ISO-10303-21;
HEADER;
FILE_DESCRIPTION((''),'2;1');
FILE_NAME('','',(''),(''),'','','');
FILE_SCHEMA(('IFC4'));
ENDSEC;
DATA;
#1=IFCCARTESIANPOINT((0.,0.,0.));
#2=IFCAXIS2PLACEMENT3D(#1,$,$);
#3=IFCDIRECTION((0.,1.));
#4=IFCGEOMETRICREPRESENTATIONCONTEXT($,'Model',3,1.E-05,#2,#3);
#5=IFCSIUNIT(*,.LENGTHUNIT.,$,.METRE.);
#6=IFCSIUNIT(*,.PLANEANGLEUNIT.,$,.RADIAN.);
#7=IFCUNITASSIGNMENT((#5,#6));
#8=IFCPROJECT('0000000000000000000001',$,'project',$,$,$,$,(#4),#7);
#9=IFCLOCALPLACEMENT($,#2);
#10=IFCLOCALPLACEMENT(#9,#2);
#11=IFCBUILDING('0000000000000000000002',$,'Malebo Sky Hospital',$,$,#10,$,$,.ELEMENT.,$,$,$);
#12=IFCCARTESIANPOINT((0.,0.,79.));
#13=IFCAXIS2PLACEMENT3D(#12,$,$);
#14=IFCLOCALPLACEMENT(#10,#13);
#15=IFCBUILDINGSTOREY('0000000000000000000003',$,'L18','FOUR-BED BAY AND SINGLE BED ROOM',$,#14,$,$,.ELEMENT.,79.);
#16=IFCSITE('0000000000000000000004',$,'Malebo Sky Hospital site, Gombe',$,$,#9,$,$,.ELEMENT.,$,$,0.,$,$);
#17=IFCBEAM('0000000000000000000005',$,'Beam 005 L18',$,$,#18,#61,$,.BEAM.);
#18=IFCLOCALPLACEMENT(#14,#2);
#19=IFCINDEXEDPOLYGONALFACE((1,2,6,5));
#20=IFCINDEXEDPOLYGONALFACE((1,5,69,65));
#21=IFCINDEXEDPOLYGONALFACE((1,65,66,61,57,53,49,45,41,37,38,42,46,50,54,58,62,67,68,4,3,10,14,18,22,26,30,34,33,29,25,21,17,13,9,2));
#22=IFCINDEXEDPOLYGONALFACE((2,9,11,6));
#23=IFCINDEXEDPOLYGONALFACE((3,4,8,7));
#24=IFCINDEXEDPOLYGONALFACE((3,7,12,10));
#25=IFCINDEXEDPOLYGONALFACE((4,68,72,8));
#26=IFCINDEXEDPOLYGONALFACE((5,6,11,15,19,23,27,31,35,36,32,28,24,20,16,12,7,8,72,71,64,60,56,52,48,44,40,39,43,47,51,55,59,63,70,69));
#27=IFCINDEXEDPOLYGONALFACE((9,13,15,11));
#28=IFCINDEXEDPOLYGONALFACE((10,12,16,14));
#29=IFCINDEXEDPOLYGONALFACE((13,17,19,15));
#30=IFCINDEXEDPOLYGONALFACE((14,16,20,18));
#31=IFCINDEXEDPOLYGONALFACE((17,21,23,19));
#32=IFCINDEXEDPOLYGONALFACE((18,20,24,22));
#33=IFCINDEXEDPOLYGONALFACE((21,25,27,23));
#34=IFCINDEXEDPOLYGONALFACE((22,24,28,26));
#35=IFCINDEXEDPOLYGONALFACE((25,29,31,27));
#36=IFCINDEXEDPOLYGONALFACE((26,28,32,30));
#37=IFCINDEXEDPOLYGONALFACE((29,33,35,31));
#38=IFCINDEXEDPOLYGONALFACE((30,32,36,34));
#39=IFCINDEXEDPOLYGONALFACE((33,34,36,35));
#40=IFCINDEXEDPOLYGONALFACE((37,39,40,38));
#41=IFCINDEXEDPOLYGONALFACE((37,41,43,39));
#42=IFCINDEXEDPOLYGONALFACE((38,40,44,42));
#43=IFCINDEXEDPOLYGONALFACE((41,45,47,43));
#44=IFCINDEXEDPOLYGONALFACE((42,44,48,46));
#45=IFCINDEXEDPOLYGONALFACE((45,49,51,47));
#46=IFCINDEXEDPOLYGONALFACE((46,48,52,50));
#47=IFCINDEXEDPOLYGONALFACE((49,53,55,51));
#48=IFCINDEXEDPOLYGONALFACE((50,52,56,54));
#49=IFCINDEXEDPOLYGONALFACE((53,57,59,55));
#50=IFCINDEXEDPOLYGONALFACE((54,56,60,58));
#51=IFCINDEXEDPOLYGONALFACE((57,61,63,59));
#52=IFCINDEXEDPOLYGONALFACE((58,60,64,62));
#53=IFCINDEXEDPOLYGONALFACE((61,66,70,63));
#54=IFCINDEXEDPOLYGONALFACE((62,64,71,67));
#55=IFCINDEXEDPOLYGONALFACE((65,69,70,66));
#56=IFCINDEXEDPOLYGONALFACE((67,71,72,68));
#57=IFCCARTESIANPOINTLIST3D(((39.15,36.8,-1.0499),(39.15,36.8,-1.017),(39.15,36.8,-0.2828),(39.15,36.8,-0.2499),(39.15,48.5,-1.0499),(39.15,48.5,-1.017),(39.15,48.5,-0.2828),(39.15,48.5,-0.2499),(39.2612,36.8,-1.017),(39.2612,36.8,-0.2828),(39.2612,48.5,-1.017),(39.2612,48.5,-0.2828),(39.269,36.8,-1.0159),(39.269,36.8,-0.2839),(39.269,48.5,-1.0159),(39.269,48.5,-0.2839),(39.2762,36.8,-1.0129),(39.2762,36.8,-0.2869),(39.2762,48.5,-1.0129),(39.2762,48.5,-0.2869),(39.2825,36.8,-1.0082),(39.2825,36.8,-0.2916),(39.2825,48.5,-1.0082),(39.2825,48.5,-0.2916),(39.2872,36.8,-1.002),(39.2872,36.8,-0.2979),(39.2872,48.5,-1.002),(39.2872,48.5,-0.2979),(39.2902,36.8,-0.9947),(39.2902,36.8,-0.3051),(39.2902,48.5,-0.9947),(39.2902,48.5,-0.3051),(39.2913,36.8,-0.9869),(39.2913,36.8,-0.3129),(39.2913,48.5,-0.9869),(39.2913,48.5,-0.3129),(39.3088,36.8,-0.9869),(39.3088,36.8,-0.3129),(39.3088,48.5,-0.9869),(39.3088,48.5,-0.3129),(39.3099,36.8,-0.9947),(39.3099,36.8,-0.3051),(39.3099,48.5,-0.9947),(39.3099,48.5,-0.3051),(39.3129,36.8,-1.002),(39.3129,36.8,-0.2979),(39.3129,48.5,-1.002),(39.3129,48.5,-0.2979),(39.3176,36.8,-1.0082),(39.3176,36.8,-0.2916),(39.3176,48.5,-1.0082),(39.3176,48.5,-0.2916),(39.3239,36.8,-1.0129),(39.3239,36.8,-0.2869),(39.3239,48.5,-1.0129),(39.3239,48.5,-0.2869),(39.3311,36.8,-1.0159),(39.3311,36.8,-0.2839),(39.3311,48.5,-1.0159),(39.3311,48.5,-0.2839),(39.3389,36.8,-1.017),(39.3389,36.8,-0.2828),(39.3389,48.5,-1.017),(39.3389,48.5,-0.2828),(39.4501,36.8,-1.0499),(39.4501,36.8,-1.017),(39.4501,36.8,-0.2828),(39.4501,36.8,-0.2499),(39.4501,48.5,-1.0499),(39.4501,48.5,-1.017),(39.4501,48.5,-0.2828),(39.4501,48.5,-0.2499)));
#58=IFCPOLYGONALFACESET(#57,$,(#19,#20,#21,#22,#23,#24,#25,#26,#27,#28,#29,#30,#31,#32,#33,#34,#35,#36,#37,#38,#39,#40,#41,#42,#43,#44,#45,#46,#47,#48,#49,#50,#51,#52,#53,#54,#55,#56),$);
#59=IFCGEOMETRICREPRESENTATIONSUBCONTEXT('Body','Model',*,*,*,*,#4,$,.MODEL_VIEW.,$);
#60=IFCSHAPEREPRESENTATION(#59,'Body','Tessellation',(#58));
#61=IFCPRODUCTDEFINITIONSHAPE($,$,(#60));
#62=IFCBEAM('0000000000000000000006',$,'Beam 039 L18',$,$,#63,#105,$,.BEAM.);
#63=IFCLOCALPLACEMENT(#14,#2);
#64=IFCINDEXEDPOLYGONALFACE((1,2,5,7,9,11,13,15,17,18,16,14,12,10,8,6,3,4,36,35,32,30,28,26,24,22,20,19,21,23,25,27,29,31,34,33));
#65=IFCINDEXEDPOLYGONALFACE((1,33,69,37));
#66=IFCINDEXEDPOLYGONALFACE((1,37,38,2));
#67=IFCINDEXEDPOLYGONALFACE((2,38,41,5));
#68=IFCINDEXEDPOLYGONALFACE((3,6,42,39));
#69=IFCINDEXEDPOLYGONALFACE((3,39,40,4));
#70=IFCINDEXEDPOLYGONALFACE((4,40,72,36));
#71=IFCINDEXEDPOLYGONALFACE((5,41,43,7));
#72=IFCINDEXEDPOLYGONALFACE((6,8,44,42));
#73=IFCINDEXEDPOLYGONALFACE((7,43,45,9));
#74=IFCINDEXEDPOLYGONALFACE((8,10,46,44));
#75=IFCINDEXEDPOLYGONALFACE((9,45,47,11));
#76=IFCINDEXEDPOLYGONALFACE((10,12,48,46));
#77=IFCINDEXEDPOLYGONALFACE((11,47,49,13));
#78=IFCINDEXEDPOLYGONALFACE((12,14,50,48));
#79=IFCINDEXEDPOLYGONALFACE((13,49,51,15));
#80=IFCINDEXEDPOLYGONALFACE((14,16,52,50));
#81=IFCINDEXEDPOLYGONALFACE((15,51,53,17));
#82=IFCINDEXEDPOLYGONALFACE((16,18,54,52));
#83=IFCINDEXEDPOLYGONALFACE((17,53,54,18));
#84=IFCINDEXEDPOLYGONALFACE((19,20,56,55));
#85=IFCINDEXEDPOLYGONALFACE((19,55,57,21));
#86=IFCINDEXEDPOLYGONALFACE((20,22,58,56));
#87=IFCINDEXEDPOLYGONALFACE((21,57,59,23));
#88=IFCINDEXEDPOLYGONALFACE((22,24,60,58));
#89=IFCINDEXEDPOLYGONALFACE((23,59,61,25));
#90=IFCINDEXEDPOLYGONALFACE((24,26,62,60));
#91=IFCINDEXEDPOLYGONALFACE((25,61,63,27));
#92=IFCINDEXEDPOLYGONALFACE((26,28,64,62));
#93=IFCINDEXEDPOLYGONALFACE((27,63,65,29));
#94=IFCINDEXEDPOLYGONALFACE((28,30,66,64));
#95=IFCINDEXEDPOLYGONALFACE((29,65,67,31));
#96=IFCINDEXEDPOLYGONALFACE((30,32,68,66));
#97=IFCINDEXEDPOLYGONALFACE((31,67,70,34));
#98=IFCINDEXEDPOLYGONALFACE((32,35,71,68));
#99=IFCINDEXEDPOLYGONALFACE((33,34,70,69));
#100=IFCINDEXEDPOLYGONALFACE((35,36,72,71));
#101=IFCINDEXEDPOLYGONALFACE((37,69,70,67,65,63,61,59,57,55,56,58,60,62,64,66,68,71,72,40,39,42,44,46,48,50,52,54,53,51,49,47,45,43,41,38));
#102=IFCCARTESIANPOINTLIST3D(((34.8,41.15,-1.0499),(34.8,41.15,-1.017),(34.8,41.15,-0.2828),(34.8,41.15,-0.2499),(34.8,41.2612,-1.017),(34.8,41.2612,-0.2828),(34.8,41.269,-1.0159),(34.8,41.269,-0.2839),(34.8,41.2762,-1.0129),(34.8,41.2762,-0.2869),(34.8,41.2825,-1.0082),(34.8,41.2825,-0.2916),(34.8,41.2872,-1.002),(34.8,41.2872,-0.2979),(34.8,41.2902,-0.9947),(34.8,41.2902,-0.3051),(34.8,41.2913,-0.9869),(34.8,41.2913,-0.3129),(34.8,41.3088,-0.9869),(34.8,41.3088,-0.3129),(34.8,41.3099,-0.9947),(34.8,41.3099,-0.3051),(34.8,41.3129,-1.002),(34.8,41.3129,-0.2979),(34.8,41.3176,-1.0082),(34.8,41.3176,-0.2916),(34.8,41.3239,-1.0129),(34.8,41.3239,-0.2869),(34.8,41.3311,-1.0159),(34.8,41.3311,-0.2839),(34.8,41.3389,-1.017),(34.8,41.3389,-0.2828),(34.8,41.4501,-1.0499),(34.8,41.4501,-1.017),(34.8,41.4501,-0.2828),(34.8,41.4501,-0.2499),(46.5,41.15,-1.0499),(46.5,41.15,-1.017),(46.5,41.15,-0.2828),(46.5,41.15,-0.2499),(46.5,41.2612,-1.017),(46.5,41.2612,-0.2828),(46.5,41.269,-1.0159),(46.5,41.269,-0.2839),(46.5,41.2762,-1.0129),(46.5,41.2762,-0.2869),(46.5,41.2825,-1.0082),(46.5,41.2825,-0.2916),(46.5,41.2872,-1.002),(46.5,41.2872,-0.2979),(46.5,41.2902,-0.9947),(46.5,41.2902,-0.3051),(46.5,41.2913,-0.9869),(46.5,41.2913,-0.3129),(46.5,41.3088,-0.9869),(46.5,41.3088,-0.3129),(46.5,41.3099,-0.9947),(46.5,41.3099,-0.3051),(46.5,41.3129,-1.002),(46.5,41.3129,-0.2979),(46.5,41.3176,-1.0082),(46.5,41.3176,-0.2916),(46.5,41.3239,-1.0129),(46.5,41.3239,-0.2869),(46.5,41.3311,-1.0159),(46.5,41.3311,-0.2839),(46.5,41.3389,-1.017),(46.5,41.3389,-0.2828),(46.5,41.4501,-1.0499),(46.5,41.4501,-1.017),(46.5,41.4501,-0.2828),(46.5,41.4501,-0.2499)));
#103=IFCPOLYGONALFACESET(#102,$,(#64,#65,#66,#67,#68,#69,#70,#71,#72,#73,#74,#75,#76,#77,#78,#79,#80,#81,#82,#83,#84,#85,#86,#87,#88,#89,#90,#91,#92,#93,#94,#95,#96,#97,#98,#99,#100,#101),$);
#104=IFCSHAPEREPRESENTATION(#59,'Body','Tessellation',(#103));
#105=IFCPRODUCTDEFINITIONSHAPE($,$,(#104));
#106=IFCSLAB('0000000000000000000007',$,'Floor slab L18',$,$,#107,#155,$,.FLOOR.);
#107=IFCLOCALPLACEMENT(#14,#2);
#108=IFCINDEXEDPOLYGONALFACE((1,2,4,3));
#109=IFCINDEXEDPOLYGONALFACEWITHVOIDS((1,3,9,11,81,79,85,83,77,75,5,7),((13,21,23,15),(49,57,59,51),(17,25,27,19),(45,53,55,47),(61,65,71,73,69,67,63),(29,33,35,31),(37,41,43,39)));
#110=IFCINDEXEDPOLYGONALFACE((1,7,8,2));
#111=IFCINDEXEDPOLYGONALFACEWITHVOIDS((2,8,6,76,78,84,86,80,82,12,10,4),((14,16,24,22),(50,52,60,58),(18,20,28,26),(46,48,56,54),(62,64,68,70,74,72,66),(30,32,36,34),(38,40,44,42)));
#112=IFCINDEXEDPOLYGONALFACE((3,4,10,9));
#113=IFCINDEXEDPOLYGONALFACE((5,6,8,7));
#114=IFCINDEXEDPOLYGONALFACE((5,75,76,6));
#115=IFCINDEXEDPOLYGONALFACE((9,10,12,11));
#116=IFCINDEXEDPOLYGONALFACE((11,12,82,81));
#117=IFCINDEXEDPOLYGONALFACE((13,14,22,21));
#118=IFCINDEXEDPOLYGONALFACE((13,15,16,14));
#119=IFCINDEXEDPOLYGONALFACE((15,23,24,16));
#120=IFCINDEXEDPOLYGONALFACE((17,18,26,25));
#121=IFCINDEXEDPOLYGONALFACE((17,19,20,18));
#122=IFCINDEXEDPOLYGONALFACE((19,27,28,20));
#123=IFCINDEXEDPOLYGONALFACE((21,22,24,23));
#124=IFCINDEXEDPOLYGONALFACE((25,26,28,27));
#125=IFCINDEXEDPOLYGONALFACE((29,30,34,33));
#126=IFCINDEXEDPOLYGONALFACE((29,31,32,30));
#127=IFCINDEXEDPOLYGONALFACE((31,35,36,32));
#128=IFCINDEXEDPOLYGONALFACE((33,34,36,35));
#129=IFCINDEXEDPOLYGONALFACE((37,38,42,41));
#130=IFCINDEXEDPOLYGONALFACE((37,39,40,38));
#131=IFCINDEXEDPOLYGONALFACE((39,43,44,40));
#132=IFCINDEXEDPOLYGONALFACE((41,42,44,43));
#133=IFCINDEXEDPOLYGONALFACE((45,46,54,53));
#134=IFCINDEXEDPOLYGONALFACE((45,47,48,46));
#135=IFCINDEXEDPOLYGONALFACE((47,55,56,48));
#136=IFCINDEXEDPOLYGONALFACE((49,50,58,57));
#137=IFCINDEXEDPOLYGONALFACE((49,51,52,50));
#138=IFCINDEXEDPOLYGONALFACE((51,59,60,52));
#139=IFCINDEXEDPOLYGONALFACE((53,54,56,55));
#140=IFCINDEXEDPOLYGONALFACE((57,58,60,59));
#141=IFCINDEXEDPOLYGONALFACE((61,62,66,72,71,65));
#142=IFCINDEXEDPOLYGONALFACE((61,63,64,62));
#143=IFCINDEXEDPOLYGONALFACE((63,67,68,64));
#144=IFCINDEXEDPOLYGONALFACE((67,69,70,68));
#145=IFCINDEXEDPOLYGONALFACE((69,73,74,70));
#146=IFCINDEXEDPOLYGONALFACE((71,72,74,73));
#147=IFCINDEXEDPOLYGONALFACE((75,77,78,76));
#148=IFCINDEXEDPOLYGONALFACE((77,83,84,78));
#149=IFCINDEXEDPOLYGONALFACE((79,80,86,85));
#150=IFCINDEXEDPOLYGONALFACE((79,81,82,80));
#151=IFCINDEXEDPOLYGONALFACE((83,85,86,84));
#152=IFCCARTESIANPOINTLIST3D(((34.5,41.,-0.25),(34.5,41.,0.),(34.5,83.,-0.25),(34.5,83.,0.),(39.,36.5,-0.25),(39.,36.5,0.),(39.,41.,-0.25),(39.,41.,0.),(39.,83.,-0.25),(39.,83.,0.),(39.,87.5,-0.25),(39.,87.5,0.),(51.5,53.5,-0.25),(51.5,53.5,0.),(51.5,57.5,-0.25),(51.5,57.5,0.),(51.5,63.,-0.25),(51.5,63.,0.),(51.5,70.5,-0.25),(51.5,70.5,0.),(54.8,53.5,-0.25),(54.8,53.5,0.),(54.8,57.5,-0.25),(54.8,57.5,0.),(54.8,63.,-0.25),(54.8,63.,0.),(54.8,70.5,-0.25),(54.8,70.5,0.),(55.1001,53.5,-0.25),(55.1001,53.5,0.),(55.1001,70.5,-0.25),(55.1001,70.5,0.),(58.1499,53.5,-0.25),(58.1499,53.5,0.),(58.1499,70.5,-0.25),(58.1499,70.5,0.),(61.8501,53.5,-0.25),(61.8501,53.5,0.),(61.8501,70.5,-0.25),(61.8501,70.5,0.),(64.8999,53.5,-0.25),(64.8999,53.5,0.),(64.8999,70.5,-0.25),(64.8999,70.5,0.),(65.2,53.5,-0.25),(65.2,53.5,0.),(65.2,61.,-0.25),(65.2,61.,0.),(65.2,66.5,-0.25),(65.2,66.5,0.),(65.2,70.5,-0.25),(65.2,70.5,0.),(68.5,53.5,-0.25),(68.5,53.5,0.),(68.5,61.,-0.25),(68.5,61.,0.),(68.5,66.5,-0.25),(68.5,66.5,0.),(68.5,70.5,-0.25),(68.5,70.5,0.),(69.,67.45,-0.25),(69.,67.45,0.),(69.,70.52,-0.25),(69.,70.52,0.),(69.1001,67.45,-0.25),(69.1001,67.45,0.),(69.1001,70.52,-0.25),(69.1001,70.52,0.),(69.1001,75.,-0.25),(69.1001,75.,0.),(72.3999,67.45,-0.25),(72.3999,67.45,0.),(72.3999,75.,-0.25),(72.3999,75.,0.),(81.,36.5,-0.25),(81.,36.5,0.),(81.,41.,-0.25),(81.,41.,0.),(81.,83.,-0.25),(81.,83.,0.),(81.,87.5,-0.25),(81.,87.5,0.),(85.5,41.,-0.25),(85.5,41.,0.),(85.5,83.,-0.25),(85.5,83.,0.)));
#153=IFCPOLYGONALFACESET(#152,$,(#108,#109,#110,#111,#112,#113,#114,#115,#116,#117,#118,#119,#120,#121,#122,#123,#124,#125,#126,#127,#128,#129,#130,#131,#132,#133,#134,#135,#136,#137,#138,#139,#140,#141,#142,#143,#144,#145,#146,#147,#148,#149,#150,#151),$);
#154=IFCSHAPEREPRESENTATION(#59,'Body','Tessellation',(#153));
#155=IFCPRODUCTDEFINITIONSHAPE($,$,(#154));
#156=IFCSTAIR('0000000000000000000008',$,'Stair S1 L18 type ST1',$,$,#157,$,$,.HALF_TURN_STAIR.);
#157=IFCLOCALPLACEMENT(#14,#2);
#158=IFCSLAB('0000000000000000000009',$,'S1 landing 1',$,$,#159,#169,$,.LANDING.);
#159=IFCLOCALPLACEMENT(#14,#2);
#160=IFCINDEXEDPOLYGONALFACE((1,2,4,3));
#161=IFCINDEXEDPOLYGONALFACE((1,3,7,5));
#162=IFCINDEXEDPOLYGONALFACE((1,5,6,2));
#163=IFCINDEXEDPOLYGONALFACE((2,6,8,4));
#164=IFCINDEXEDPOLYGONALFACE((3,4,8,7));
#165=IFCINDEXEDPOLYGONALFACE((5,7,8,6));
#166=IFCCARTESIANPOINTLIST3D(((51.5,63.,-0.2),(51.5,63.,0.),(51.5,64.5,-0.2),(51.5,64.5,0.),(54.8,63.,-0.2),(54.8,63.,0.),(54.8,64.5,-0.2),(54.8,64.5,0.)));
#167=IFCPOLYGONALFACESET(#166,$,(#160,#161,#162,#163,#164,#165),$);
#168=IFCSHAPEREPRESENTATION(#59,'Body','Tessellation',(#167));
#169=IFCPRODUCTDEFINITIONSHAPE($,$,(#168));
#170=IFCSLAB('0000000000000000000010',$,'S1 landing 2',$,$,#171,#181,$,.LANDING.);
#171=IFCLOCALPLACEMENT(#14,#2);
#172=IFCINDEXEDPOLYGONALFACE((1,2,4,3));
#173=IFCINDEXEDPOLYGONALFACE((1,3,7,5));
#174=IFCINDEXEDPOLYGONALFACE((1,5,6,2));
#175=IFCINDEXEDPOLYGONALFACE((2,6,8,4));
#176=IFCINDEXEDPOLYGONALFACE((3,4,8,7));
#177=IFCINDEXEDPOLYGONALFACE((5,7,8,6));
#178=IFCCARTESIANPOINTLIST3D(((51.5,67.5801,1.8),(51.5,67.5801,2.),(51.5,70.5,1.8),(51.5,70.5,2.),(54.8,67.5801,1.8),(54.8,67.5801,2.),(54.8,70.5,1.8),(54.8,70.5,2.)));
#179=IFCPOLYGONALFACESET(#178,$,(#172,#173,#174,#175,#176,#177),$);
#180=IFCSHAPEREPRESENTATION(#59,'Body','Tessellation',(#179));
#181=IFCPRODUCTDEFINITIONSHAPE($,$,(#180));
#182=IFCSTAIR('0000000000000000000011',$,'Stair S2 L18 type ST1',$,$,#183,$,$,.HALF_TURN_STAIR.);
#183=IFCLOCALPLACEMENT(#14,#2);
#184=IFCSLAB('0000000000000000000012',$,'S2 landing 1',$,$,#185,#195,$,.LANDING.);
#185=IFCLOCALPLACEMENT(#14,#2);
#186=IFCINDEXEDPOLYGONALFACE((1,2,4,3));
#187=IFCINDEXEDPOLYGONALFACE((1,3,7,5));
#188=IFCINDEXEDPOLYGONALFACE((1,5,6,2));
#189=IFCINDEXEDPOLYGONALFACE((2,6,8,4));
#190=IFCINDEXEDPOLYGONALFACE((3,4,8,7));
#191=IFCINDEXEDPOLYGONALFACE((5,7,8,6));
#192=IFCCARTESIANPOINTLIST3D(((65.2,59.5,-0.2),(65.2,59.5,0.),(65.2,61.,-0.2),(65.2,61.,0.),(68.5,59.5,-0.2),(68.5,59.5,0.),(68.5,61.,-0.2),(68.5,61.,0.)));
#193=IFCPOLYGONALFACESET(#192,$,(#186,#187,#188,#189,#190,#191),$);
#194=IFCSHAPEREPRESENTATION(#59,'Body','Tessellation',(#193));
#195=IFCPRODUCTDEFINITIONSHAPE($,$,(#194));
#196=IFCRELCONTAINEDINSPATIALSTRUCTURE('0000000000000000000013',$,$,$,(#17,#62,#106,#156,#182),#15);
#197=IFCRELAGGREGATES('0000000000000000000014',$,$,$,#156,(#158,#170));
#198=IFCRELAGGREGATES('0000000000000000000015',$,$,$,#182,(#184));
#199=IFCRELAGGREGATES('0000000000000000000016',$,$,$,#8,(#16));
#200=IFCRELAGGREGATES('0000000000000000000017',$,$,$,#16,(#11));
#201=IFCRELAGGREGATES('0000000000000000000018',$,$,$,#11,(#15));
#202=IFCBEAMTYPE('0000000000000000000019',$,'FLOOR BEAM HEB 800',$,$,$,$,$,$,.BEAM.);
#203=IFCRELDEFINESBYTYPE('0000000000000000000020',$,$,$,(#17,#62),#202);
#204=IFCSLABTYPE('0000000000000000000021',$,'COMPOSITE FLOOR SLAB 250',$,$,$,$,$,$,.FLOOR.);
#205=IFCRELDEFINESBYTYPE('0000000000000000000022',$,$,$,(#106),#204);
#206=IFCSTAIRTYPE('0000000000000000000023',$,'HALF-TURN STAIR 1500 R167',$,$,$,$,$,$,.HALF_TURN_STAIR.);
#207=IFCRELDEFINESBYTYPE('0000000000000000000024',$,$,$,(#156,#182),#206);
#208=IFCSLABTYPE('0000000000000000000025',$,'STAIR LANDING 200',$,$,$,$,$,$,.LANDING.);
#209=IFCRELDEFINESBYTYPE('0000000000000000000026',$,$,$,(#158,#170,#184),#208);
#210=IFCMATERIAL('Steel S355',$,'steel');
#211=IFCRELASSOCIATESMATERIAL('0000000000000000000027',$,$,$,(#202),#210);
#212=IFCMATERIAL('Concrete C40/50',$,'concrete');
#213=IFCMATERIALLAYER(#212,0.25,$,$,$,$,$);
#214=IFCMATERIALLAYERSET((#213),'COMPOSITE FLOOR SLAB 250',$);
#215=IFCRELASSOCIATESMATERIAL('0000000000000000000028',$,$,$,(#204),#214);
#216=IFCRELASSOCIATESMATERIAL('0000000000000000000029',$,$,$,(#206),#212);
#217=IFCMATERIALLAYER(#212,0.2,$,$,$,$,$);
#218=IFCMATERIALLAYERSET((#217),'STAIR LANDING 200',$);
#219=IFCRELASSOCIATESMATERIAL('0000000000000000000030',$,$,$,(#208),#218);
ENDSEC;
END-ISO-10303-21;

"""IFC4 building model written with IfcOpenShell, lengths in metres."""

from ifc_helpers import new_model, si_unit, direction, frame, origin, origin_2d, place, context, subcontext, project, spatial, polyline, i_section, outline, extrude, material, layer, layer_set, material_profile, profile_set, type_object, element, aggregate, save


model = new_model("IFC4")

# Units and contexts
model_context = context("Model", 3, precision=1e-05, world=origin(), true_north=direction((0.0, 1.0)))
body_context = subcontext(model_context, "Body", "Model", "MODEL_VIEW")
ifc_project = project(units=[si_unit("LENGTHUNIT", "METRE"), si_unit("PLANEANGLEUNIT", "RADIAN")], contexts=[model_context])

# Site, building, storey
site_placement = place(None, origin())
site = spatial("IfcSite", under=ifc_project, at=site_placement, Name="Malebo Sky Hospital site, Gombe", CompositionType="ELEMENT", RefElevation=0.0)
building_placement = place(site_placement, origin())
building = spatial("IfcBuilding", under=site, at=building_placement, Name="Malebo Sky Hospital", CompositionType="ELEMENT")
storey_placement = place(building_placement, frame((0.0, 0.0, 79.0)))
storey = spatial("IfcBuildingStorey", under=building, at=storey_placement, Name="L18", Description="FOUR-BED BAY AND SINGLE BED ROOM", CompositionType="ELEMENT", Elevation=79.0)

# Beams
ifc_material_1 = material(Name="Steel S355", Category="steel")
ifc_material_profile_1 = material_profile(ifc_material_1, i_section(OverallWidth=0.3, OverallDepth=0.8, WebThickness=0.0176, FlangeThickness=0.033, FilletRadius=0.03, at=origin_2d()), Name="HEB 800")
ifc_profile_set_1 = profile_set([ifc_material_profile_1], Name="Steel S355")
beam_type_1 = type_object("IfcBeamType", Name="FLOOR BEAM HEB 800", PredefinedType="BEAM", material=ifc_profile_set_1)
for number, where, z_axis, x_axis, name in (
    (1, (39.3, 36.8, -0.6499), (0.0, 1.0, 0.0), (-1.0, 0.0, 0.0), "Beam 005 L18"),
    (2, (34.8, 41.3, -0.6499), (1.0, 0.0, 0.0), (0.0, 1.0, 0.0), "Beam 039 L18"),
):
    element("IfcBeam", number, at=place(storey_placement, frame(where, z_axis=z_axis, x_axis=x_axis)), inside=storey, type_object=beam_type_1, Name=name, PredefinedType="BEAM", context=body_context, shape_type="SweptSolid", body=[
        extrude(i_section(OverallWidth=0.3, OverallDepth=0.8, WebThickness=0.0176, FlangeThickness=0.033, FilletRadius=0.03, at=origin_2d()), origin(), (0.0, 0.0, 1.0), 11.7),
    ])

# Slab
ifc_material_2 = material(Name="Concrete C40/50", Category="concrete")
ifc_layer_1 = layer(ifc_material_2, 0.25)
ifc_layer_set_1 = layer_set([ifc_layer_1], Name="COMPOSITE FLOOR SLAB 250")
slab_type_1 = type_object("IfcSlabType", Name="COMPOSITE FLOOR SLAB 250", PredefinedType="FLOOR", material=ifc_layer_set_1)
slab_1_placement = place(storey_placement, frame((0.0, 0.0, -0.25)))
element("IfcSlab", 3, at=slab_1_placement, inside=storey, type_object=slab_type_1, Name="Floor slab L18", PredefinedType="FLOOR", context=body_context, shape_type="SweptSolid", body=[
    extrude(outline(polyline([(39.0, 87.5), (39.0, 83.0), (34.5, 83.0), (34.5, 41.0), (39.0, 41.0), (39.0, 36.5), (81.0, 36.5), (81.0, 41.0), (85.5, 41.0), (85.5, 83.0), (81.0, 83.0), (81.0, 87.5), (39.0, 87.5)]), holes=[polyline([(55.1001, 70.5), (58.1499, 70.5), (58.1499, 53.5), (55.1001, 53.5), (55.1001, 70.5)]), polyline([(64.8999, 70.5), (64.8999, 53.5), (61.8501, 53.5), (61.8501, 70.5), (64.8999, 70.5)]), polyline([(54.8, 63.0), (51.5, 63.0), (51.5, 70.5), (54.8, 70.5), (54.8, 63.0)]), polyline([(51.5, 53.5), (51.5, 57.5), (54.8, 57.5), (54.8, 53.5), (51.5, 53.5)]), polyline([(65.2, 61.0), (68.5, 61.0), (68.5, 53.5), (65.2, 53.5), (65.2, 61.0)]), polyline([(68.5, 70.5), (68.5, 66.5), (65.2, 66.5), (65.2, 70.5), (68.5, 70.5)]), polyline([(69.0, 67.45), (69.0, 70.52), (69.1001, 70.52), (69.1001, 75.0), (72.3999, 75.0), (72.3999, 67.45), (69.1001, 67.45), (69.0, 67.45)])]), origin(), (0.0, 0.0, 1.0), 0.25),
])

# Stairs, slabs
stair_type_1 = type_object("IfcStairType", Name="HALF-TURN STAIR 1500 R167", PredefinedType="HALF_TURN_STAIR", material=ifc_material_2)
stair_1_placement = place(storey_placement, origin())
stair_1 = element("IfcStair", 4, at=stair_1_placement, inside=storey, type_object=stair_type_1, Name="Stair S1 L18 type ST1", PredefinedType="HALF_TURN_STAIR")
ifc_layer_2 = layer(ifc_material_2, 0.2)
ifc_layer_set_2 = layer_set([ifc_layer_2], Name="STAIR LANDING 200")
slab_type_2 = type_object("IfcSlabType", Name="STAIR LANDING 200", PredefinedType="LANDING", material=ifc_layer_set_2)
slab_2_placement = place(storey_placement, frame((0.0, 0.0, -0.2)))
slab_2 = element("IfcSlab", 5, at=slab_2_placement, type_object=slab_type_2, Name="S1 landing 1", PredefinedType="LANDING", context=body_context, shape_type="SweptSolid", body=[
    extrude(outline(polyline([(51.5, 63.0), (54.8, 63.0), (54.8, 64.5), (51.5, 64.5), (51.5, 63.0)])), origin(), (0.0, 0.0, 1.0), 0.2),
])
slab_3_placement = place(storey_placement, frame((0.0, 0.0, 1.8)))
slab_3 = element("IfcSlab", 6, at=slab_3_placement, type_object=slab_type_2, Name="S1 landing 2", PredefinedType="LANDING", context=body_context, shape_type="SweptSolid", body=[
    extrude(outline(polyline([(51.5, 67.5801), (54.8, 67.5801), (54.8, 70.5), (51.5, 70.5), (51.5, 67.5801)])), origin(), (0.0, 0.0, 1.0), 0.2),
])
aggregate(stair_1, [slab_2, slab_3])
stair_2_placement = place(storey_placement, origin())
stair_2 = element("IfcStair", 7, at=stair_2_placement, inside=storey, type_object=stair_type_1, Name="Stair S2 L18 type ST1", PredefinedType="HALF_TURN_STAIR")
slab_4_placement = place(storey_placement, frame((0.0, 0.0, -0.2)))
slab_4 = element("IfcSlab", 8, at=slab_4_placement, type_object=slab_type_2, Name="S2 landing 1", PredefinedType="LANDING", context=body_context, shape_type="SweptSolid", body=[
    extrude(outline(polyline([(65.2, 59.5), (68.5, 59.5), (68.5, 61.0), (65.2, 61.0), (65.2, 59.5)])), origin(), (0.0, 0.0, 1.0), 0.2),
])
aggregate(stair_2, [slab_4])

save(model, "model.ifc")
